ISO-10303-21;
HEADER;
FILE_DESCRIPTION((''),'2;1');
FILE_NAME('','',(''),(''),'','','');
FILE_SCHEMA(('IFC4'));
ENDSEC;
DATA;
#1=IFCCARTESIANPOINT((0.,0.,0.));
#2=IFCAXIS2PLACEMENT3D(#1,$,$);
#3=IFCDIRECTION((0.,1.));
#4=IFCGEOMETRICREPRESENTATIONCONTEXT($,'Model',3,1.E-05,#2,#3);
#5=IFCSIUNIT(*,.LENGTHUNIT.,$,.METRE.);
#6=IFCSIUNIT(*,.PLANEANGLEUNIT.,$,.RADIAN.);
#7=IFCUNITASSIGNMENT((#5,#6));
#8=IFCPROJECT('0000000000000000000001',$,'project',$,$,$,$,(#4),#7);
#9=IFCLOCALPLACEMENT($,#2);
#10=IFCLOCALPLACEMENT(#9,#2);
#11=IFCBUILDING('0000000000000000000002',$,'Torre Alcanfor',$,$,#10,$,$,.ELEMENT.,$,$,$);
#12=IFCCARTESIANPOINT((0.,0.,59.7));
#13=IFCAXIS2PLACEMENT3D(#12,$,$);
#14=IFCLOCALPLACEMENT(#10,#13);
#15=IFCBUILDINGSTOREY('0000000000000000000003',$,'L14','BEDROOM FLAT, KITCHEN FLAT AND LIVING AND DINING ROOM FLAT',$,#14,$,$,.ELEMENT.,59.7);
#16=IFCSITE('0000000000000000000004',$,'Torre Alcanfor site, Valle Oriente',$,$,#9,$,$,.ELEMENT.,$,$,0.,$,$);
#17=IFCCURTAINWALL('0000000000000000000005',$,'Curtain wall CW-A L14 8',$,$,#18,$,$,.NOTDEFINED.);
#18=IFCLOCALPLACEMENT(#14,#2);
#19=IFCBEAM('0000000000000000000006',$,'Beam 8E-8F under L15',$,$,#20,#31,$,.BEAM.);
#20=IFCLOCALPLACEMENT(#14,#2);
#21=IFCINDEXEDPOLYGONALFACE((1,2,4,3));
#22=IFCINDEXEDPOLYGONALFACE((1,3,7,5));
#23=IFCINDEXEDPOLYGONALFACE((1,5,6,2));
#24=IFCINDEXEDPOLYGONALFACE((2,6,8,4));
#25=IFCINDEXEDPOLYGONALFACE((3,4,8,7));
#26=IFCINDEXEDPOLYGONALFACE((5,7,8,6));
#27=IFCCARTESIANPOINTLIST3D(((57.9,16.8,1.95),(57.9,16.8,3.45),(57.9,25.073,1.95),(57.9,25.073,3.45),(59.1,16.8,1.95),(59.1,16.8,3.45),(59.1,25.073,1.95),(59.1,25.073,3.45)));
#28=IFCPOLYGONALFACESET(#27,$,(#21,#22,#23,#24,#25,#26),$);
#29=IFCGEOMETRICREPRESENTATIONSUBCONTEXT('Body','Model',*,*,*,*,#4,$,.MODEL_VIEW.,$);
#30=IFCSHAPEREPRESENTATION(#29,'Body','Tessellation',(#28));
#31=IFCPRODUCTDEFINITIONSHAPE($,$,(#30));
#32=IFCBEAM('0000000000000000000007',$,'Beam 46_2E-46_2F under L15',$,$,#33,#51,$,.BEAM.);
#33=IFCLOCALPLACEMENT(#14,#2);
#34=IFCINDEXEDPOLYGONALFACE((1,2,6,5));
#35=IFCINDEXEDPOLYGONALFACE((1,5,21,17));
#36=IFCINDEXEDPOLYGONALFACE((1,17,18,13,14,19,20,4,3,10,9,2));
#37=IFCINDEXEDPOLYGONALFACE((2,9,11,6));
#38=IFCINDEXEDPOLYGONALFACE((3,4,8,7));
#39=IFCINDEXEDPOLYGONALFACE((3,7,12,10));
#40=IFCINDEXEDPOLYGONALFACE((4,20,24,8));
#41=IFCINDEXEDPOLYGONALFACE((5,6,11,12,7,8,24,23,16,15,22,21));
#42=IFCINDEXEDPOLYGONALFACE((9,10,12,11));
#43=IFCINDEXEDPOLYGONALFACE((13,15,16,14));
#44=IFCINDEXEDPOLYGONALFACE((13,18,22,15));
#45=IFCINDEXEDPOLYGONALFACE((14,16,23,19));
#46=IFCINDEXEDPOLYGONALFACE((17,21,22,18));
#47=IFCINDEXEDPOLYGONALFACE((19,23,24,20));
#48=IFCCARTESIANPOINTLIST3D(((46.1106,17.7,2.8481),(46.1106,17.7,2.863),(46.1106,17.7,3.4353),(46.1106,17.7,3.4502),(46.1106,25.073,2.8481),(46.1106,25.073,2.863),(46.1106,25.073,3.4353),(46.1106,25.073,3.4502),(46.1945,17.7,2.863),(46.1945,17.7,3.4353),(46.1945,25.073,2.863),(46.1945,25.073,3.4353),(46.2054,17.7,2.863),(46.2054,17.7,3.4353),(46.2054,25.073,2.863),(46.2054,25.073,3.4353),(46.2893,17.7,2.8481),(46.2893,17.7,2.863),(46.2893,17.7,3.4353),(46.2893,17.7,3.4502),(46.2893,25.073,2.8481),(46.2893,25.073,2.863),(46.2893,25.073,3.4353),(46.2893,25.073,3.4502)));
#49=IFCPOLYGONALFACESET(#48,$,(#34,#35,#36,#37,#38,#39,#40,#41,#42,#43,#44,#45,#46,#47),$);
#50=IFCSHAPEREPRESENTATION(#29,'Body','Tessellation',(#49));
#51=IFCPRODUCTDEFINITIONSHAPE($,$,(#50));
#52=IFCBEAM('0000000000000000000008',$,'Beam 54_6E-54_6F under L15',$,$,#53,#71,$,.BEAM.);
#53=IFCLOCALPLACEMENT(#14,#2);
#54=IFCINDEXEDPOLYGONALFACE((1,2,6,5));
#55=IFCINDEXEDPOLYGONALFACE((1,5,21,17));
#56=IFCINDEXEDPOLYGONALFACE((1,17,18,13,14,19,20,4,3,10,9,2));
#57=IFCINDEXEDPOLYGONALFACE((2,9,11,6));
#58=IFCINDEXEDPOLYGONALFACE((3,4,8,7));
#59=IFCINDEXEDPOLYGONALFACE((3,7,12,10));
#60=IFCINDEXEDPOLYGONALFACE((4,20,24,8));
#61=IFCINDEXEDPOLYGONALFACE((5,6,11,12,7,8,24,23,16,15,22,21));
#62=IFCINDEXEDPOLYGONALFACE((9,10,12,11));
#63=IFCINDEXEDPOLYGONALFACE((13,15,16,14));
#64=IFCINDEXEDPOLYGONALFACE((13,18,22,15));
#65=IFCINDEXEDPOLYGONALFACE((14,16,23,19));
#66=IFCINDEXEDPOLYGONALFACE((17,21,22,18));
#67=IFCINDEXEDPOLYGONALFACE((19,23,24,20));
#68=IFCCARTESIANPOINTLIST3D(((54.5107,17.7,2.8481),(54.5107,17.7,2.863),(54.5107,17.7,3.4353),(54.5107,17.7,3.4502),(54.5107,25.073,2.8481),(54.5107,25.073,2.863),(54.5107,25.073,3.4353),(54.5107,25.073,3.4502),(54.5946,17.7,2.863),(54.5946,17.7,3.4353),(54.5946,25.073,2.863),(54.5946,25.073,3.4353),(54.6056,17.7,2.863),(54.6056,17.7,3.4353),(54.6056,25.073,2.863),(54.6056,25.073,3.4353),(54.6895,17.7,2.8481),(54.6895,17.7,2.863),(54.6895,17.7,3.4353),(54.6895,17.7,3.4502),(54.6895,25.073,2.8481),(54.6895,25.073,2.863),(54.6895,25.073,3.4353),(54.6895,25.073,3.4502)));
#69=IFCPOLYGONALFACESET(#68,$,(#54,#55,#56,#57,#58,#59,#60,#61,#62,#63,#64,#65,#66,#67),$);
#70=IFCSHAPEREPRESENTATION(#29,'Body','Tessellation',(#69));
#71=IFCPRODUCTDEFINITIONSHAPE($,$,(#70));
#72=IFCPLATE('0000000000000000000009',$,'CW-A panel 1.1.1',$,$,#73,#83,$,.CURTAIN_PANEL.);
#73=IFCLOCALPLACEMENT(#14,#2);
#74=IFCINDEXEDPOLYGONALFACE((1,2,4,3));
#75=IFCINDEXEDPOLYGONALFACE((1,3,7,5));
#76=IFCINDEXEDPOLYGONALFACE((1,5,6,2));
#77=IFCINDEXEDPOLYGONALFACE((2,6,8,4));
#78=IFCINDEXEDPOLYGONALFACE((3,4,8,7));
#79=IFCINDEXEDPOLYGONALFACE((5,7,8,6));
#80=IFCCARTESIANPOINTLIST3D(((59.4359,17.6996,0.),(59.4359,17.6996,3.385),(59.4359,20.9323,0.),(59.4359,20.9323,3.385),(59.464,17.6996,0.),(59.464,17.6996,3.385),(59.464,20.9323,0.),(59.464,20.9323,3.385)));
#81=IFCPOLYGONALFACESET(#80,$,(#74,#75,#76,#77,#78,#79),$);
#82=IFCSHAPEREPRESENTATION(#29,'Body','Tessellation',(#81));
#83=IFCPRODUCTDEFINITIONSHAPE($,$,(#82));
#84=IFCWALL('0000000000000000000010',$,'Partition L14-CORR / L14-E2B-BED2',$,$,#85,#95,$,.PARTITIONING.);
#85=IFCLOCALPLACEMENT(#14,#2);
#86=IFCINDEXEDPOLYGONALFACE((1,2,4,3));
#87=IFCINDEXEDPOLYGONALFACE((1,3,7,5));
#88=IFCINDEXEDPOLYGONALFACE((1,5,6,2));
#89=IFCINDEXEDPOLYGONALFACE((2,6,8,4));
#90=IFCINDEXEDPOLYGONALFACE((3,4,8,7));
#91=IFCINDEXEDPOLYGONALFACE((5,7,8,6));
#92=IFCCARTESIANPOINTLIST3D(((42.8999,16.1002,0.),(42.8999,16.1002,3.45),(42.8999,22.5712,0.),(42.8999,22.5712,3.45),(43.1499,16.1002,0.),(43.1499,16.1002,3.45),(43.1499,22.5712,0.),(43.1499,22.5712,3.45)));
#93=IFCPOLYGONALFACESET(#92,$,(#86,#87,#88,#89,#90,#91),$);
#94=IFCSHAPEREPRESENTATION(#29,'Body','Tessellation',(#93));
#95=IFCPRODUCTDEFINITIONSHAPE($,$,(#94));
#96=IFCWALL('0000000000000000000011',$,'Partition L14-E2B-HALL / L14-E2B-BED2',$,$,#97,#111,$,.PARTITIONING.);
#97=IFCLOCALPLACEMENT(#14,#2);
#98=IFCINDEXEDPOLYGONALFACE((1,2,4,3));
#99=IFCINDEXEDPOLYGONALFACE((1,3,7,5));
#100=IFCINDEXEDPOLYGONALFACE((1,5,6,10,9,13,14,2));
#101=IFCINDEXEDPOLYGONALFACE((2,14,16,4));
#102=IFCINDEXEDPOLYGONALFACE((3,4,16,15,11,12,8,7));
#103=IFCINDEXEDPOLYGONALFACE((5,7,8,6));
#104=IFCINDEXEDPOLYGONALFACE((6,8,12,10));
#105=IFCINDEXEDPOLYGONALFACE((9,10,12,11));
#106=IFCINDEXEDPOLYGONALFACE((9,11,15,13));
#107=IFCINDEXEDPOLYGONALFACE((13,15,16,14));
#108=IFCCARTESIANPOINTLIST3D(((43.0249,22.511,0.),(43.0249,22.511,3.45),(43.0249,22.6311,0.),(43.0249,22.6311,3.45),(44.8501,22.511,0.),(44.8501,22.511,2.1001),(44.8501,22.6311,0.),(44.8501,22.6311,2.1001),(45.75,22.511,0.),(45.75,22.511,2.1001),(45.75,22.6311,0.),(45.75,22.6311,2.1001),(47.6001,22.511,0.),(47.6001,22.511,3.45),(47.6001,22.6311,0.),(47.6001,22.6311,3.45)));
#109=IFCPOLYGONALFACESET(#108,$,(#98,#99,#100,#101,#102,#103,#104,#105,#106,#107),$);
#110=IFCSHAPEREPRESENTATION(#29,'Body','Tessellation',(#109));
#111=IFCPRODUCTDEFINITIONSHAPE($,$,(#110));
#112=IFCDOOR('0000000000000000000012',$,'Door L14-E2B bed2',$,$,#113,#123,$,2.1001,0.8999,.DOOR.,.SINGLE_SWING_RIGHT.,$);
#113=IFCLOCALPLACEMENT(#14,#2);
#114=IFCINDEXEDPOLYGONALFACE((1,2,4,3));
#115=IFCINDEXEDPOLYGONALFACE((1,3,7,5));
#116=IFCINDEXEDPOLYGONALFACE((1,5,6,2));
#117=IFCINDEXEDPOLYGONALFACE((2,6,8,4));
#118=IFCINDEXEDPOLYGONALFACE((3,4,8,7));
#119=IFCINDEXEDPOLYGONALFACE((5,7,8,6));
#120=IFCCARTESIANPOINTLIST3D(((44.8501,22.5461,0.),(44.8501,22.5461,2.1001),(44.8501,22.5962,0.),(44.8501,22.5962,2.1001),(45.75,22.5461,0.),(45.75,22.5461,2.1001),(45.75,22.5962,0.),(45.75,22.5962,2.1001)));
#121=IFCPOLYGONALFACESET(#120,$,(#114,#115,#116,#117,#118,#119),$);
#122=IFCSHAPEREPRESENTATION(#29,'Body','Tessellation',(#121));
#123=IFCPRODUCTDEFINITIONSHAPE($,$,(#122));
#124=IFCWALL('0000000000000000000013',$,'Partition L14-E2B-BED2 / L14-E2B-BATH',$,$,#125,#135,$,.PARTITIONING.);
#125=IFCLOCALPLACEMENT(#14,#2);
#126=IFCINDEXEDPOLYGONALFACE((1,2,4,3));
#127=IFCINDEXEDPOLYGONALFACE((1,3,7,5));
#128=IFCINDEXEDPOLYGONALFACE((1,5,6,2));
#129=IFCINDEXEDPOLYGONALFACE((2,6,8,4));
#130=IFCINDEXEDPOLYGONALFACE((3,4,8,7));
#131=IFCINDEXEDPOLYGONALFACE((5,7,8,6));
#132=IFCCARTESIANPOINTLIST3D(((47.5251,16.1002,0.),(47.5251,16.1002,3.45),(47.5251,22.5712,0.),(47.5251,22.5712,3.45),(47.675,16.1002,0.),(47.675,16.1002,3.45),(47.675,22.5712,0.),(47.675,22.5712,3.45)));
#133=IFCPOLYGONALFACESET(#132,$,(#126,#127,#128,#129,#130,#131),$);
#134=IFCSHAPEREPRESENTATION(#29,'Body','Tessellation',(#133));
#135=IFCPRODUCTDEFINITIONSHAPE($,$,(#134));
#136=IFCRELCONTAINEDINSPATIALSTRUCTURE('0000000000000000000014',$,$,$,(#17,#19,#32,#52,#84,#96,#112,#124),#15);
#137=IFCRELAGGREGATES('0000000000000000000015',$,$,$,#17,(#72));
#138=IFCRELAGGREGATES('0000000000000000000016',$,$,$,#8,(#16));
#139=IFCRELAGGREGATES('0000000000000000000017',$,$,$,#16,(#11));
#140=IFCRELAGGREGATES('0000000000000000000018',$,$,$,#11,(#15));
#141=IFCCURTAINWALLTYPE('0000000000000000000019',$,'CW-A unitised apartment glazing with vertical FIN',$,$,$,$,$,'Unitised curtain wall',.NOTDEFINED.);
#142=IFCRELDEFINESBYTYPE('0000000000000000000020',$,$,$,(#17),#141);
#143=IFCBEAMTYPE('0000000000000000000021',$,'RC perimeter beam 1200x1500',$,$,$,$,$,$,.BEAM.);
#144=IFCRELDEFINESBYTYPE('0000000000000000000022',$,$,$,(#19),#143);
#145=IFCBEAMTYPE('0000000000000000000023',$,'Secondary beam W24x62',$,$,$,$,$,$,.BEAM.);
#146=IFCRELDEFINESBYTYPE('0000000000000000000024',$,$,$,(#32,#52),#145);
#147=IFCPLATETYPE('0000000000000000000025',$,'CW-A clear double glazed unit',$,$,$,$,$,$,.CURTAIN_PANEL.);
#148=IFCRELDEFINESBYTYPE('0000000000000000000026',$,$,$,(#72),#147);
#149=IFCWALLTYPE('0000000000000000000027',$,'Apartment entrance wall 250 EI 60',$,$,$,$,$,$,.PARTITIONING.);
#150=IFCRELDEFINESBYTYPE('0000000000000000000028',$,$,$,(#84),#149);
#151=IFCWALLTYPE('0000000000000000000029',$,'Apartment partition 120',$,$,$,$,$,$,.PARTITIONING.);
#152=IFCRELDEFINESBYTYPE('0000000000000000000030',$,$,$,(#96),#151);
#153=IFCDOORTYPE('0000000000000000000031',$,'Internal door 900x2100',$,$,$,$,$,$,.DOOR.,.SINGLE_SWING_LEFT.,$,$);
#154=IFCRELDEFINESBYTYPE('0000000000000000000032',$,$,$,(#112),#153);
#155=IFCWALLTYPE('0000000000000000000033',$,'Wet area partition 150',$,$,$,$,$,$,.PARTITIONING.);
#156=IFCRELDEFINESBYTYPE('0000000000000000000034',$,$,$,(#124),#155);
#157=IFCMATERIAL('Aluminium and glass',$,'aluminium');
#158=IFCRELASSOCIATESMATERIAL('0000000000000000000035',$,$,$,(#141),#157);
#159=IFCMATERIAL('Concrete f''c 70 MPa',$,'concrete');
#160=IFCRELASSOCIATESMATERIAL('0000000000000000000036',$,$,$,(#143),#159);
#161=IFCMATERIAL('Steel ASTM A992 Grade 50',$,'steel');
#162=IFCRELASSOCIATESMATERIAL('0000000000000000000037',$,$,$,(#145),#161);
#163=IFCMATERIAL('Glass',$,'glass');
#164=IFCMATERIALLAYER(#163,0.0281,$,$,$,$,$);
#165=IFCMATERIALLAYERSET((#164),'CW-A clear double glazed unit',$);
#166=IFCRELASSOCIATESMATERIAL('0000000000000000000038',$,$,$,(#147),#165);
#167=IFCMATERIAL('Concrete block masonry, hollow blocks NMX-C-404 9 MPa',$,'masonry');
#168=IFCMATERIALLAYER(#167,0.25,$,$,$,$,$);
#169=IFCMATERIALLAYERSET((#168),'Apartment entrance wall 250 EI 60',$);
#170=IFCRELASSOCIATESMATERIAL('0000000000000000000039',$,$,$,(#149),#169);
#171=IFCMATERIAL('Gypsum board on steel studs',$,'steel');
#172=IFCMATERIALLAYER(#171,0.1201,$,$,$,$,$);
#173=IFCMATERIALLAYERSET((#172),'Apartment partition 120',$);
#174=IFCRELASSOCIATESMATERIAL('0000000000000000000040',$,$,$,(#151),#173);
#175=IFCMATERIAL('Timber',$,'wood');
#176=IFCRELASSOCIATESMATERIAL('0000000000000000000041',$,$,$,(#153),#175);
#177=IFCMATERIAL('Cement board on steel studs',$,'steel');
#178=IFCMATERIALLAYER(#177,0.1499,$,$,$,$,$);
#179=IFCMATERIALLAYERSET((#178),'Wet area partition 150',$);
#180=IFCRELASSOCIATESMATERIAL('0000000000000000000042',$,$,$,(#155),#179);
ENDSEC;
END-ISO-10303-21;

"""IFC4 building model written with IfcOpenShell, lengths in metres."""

from ifc_helpers import new_model, si_unit, direction, frame, frame_2d, origin, origin_2d, place, context, subcontext, project, spatial, rectangle, i_section, extrude, material, layer, layer_set, material_profile, profile_set, type_object, element, fill, aggregate, save


model = new_model("IFC4")

# Units and contexts
model_context = context("Model", 3, precision=1e-05, world=origin(), true_north=direction((0.0, 1.0)))
body_context = subcontext(model_context, "Body", "Model", "MODEL_VIEW")
ifc_project = project(units=[si_unit("LENGTHUNIT", "METRE"), si_unit("PLANEANGLEUNIT", "RADIAN")], contexts=[model_context])

# Site, building, storey
site_placement = place(None, origin())
site = spatial("IfcSite", under=ifc_project, at=site_placement, Name="Torre Alcanfor site, Valle Oriente", CompositionType="ELEMENT", RefElevation=0.0)
building_placement = place(site_placement, origin())
building = spatial("IfcBuilding", under=site, at=building_placement, Name="Torre Alcanfor", CompositionType="ELEMENT")
storey_placement = place(building_placement, frame((0.0, 0.0, 59.7)))
storey = spatial("IfcBuildingStorey", under=building, at=storey_placement, Name="L14", Description="BEDROOM FLAT, KITCHEN FLAT AND LIVING AND DINING ROOM FLAT", CompositionType="ELEMENT", Elevation=59.7)

# Curtain wall
ifc_material_1 = material(Name="Aluminium and glass", Category="aluminium")
curtain_wall_type = type_object("IfcCurtainWallType", Name="CW-A unitised apartment glazing with vertical FIN", ElementType="Unitised curtain wall", PredefinedType="NOTDEFINED", material=ifc_material_1)
curtain_wall_placement = place(storey_placement, origin())
curtain_wall = element("IfcCurtainWall", 1, at=curtain_wall_placement, inside=storey, type_object=curtain_wall_type, Name="Curtain wall CW-A L14 8", PredefinedType="NOTDEFINED")

# Beams
ifc_material_2 = material(Name="Concrete f'c 70 MPa", Category="concrete")
ifc_material_profile_1 = material_profile(ifc_material_2, rectangle(XDim=1.2, YDim=1.5, at=origin_2d()), Name="1200x1500")
ifc_profile_set_1 = profile_set([ifc_material_profile_1], Name="Concrete f'c 70 MPa")
beam_type_1 = type_object("IfcBeamType", Name="RC perimeter beam 1200x1500", PredefinedType="BEAM", material=ifc_profile_set_1)
for number, where, z_axis, x_axis, name in (
    (2, (58.5, 16.8, 2.7), (0.0, 1.0, 0.0), (-1.0, 0.0, 0.0), "Beam 8E-8F under L15"),
):
    element("IfcBeam", number, at=place(storey_placement, frame(where, z_axis=z_axis, x_axis=x_axis)), inside=storey, type_object=beam_type_1, Name=name, PredefinedType="BEAM", context=body_context, shape_type="SweptSolid", body=[
        extrude(rectangle(XDim=1.2, YDim=1.5, at=origin_2d()), origin(), (0.0, 0.0, 1.0), 8.2729),
    ])
ifc_material_3 = material(Name="Steel ASTM A992 Grade 50", Category="steel")
ifc_material_profile_2 = material_profile(ifc_material_3, i_section(OverallWidth=0.1787, OverallDepth=0.6021, WebThickness=0.011, FlangeThickness=0.0149, at=origin_2d()), Name="W24x62")
ifc_profile_set_2 = profile_set([ifc_material_profile_2], Name="Steel ASTM A992 Grade 50")
beam_type_2 = type_object("IfcBeamType", Name="Secondary beam W24x62", PredefinedType="BEAM", material=ifc_profile_set_2)
for number, where, z_axis, x_axis, name in (
    (3, (46.2, 17.7, 3.1492), (0.0, 1.0, 0.0), (-1.0, 0.0, 0.0), "Beam 46_2E-46_2F under L15"),
    (4, (54.6001, 17.7, 3.1492), (0.0, 1.0, 0.0), (-1.0, 0.0, 0.0), "Beam 54_6E-54_6F under L15"),
):
    element("IfcBeam", number, at=place(storey_placement, frame(where, z_axis=z_axis, x_axis=x_axis)), inside=storey, type_object=beam_type_2, Name=name, PredefinedType="BEAM", context=body_context, shape_type="SweptSolid", body=[
        extrude(i_section(OverallWidth=0.1787, OverallDepth=0.6021, WebThickness=0.011, FlangeThickness=0.0149, at=origin_2d()), origin(), (0.0, 0.0, 1.0), 7.373),
    ])

# Plate
ifc_material_4 = material(Name="Glass", Category="glass")
ifc_layer_1 = layer(ifc_material_4, 0.0281)
ifc_layer_set_1 = layer_set([ifc_layer_1], Name="CW-A clear double glazed unit")
plate_type = type_object("IfcPlateType", Name="CW-A clear double glazed unit", PredefinedType="CURTAIN_PANEL", material=ifc_layer_set_1)
plate_placement = place(storey_placement, frame((59.45, 19.3159, 0.0), z_axis=(0.0, 0.0, 1.0), x_axis=(0.0, 1.0, 0.0)))
plate = element("IfcPlate", 5, at=plate_placement, type_object=plate_type, Name="CW-A panel 1.1.1", PredefinedType="CURTAIN_PANEL", context=body_context, shape_type="SweptSolid", body=[
    extrude(rectangle(XDim=3.2327, YDim=0.0281, at=origin_2d()), origin(), (0.0, 0.0, 1.0), 3.385),
])
aggregate(curtain_wall, [plate])

# Wall
ifc_material_5 = material(Name="Concrete block masonry, hollow blocks NMX-C-404 9 MPa", Category="masonry")
ifc_layer_2 = layer(ifc_material_5, 0.25)
ifc_layer_set_2 = layer_set([ifc_layer_2], Name="Apartment entrance wall 250 EI 60")
wall_type_1 = type_object("IfcWallType", Name="Apartment entrance wall 250 EI 60", PredefinedType="PARTITIONING", material=ifc_layer_set_2)
wall_1_placement = place(storey_placement, frame((43.0249, 22.571, 0.0), z_axis=(0.0, 0.0, 1.0), x_axis=(0.0, -1.0, 0.0)))
element("IfcWall", 6, at=wall_1_placement, inside=storey, type_object=wall_type_1, Name="Partition L14-CORR / L14-E2B-BED2", PredefinedType="PARTITIONING", context=body_context, shape_type="SweptSolid", body=[
    extrude(rectangle(XDim=6.4709, YDim=0.25, at=frame_2d((3.2354, 0.0))), origin(), (0.0, 0.0, 1.0), 3.45),
])

# Wall, opening, door
ifc_material_6 = material(Name="Gypsum board on steel studs", Category="steel")
ifc_layer_3 = layer(ifc_material_6, 0.1201)
ifc_layer_set_3 = layer_set([ifc_layer_3], Name="Apartment partition 120")
wall_type_2 = type_object("IfcWallType", Name="Apartment partition 120", PredefinedType="PARTITIONING", material=ifc_layer_set_3)
wall_2_placement = place(storey_placement, frame((47.6001, 22.571, 0.0), z_axis=(0.0, 0.0, 1.0), x_axis=(-1.0, 0.0, 0.0)))
wall_2 = element("IfcWall", 7, at=wall_2_placement, inside=storey, type_object=wall_type_2, Name="Partition L14-E2B-HALL / L14-E2B-BED2", PredefinedType="PARTITIONING", context=body_context, shape_type="SweptSolid", body=[
    extrude(rectangle(XDim=4.5752, YDim=0.1201, at=frame_2d((2.2876, 0.0))), origin(), (0.0, 0.0, 1.0), 3.45),
])
opening_placement = place(wall_2_placement, frame((1.8501, 0.0, 0.0)))
opening = element("IfcOpeningElement", 8, at=opening_placement, cuts=wall_2, PredefinedType="OPENING", context=body_context, shape_type="SweptSolid", body=[
    extrude(rectangle(XDim=0.8999, YDim=2.1001, at=frame_2d((0.45, 1.05))), frame((0.0, 0.0701, 0.0), z_axis=(0.0, -1.0, 0.0), x_axis=(1.0, 0.0, 0.0)), (0.0, 0.0, 1.0), 0.1401),
])
ifc_material_7 = material(Name="Timber", Category="wood")
door_type = type_object("IfcDoorType", Name="Internal door 900x2100", OperationType="SINGLE_SWING_LEFT", PredefinedType="DOOR", material=ifc_material_7)
door_placement = place(opening_placement, origin())
door = element("IfcDoor", 9, at=door_placement, inside=storey, type_object=door_type, Name="Door L14-E2B bed2", OperationType="SINGLE_SWING_RIGHT", OverallHeight=2.1001, OverallWidth=0.8999, PredefinedType="DOOR", context=body_context, shape_type="SweptSolid", body=[
    extrude(rectangle(XDim=0.8999, YDim=2.1001, at=frame_2d((0.45, 1.05))), frame((0.0, 0.0249, 0.0), z_axis=(0.0, -1.0, 0.0), x_axis=(1.0, 0.0, 0.0)), (0.0, 0.0, 1.0), 0.05),
])
fill(opening, door)

# Wall
ifc_material_8 = material(Name="Cement board on steel studs", Category="steel")
ifc_layer_4 = layer(ifc_material_8, 0.1499)
ifc_layer_set_4 = layer_set([ifc_layer_4], Name="Wet area partition 150")
wall_type_3 = type_object("IfcWallType", Name="Wet area partition 150", PredefinedType="PARTITIONING", material=ifc_layer_set_4)
wall_3_placement = place(storey_placement, frame((47.6001, 22.571, 0.0), z_axis=(0.0, 0.0, 1.0), x_axis=(0.0, -1.0, 0.0)))
element("IfcWall", 10, at=wall_3_placement, inside=storey, type_object=wall_type_3, Name="Partition L14-E2B-BED2 / L14-E2B-BATH", PredefinedType="PARTITIONING", context=body_context, shape_type="SweptSolid", body=[
    extrude(rectangle(XDim=6.4709, YDim=0.1499, at=frame_2d((3.2354, 0.0))), origin(), (0.0, 0.0, 1.0), 3.45),
])

save(model, "model.ifc")
